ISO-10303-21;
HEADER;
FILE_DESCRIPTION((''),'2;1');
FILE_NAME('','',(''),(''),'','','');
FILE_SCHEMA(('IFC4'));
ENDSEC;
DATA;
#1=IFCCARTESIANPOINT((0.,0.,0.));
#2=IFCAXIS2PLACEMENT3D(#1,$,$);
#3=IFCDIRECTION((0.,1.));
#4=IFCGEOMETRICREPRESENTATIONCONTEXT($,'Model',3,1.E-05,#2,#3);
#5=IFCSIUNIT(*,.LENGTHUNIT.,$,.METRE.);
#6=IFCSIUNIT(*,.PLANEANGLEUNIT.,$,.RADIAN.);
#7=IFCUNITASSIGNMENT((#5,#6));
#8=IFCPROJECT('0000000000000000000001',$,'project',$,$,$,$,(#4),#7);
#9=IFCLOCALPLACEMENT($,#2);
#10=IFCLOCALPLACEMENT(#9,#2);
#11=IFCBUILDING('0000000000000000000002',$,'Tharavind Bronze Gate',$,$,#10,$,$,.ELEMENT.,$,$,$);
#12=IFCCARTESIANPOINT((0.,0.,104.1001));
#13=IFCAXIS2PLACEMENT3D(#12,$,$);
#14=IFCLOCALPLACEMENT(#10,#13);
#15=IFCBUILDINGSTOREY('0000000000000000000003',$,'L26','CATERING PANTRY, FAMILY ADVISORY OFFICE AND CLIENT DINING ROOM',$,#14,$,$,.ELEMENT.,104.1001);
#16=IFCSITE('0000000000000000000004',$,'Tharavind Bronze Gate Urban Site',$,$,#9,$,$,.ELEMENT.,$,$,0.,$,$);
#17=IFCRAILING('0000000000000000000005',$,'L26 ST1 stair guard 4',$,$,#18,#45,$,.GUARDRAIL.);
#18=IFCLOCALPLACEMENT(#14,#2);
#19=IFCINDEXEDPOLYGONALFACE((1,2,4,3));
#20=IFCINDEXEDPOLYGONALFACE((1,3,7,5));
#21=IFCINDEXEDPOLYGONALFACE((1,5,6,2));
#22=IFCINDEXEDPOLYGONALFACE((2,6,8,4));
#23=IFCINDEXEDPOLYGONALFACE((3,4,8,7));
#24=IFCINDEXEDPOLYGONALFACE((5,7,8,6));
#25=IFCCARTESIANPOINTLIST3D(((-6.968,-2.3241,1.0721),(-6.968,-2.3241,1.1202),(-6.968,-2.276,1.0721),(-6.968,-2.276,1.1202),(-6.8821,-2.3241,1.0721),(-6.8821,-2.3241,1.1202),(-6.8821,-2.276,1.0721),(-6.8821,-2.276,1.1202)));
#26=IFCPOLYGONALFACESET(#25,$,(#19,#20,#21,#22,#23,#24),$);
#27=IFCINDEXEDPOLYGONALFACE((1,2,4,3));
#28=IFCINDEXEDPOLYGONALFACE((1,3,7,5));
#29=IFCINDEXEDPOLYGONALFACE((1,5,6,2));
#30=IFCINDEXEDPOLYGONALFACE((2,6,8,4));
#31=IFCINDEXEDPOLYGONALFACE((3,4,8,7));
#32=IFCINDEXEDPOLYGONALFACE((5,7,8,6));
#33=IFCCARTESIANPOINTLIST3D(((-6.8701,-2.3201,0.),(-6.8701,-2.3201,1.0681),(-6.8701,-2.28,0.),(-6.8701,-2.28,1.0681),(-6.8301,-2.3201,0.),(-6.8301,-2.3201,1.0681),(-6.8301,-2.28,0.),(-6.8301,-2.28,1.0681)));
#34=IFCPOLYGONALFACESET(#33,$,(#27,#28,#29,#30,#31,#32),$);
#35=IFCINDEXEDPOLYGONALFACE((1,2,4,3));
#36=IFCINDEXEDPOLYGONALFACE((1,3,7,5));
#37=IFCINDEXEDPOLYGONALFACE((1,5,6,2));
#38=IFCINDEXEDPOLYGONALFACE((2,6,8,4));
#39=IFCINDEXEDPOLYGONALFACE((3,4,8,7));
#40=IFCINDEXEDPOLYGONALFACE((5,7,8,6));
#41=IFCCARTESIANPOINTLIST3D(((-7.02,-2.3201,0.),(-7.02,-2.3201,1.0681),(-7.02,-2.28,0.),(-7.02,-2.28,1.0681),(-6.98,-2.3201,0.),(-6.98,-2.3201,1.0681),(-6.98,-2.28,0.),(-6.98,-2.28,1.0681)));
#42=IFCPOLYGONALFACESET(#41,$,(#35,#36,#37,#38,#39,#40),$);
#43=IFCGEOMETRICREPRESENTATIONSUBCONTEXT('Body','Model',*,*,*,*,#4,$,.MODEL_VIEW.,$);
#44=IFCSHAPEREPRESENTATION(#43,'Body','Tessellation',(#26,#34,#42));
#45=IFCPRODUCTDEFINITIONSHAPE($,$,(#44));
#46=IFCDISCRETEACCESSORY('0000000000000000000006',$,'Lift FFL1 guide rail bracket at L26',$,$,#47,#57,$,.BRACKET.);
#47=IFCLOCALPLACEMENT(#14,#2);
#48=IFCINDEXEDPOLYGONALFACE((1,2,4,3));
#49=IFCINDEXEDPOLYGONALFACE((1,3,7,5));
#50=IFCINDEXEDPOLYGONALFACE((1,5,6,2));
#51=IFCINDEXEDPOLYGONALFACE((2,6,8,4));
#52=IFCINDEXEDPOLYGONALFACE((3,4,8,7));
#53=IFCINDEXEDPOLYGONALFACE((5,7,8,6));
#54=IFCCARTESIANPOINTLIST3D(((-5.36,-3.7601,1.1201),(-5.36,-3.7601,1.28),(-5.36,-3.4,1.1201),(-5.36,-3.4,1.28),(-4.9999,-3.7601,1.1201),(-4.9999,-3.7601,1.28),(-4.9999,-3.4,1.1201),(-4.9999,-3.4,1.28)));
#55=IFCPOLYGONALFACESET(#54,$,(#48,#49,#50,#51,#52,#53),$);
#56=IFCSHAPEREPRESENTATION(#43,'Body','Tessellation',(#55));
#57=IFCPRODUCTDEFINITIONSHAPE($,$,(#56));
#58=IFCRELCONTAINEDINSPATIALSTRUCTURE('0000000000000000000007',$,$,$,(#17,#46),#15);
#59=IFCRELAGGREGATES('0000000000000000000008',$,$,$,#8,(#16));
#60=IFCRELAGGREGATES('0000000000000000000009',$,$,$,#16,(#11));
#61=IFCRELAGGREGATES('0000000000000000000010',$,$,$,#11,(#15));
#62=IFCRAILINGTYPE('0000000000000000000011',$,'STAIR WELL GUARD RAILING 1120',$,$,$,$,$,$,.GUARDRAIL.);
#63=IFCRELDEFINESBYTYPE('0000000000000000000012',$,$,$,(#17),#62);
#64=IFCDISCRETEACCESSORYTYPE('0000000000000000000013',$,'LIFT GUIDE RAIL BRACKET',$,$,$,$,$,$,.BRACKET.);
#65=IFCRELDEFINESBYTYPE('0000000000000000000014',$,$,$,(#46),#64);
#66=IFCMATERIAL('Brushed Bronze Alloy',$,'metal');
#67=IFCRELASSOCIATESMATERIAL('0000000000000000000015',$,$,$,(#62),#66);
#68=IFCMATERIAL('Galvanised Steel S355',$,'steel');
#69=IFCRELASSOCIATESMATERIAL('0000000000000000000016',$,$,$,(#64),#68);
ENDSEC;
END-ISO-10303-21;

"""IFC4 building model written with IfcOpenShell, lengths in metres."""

from ifc_helpers import new_model, si_unit, direction, frame, origin, origin_2d, place, context, subcontext, project, spatial, rectangle, extrude, material, type_object, element, save


model = new_model("IFC4")

# Units and contexts
model_context = context("Model", 3, precision=1e-05, world=origin(), true_north=direction((0.0, 1.0)))
body_context = subcontext(model_context, "Body", "Model", "MODEL_VIEW")
ifc_project = project(units=[si_unit("LENGTHUNIT", "METRE"), si_unit("PLANEANGLEUNIT", "RADIAN")], contexts=[model_context])

# Site, building, storey
site_placement = place(None, origin())
site = spatial("IfcSite", under=ifc_project, at=site_placement, Name="Tharavind Bronze Gate Urban Site", CompositionType="ELEMENT", RefElevation=0.0)
building_placement = place(site_placement, origin())
building = spatial("IfcBuilding", under=site, at=building_placement, Name="Tharavind Bronze Gate", CompositionType="ELEMENT")
storey_placement = place(building_placement, frame((0.0, 0.0, 104.1001)))
storey = spatial("IfcBuildingStorey", under=building, at=storey_placement, Name="L26", Description="CATERING PANTRY, FAMILY ADVISORY OFFICE AND CLIENT DINING ROOM", CompositionType="ELEMENT", Elevation=104.1001)

# Railing
ifc_material_1 = material(Name="Brushed Bronze Alloy", Category="metal")
railing_type_1 = type_object("IfcRailingType", Name="STAIR WELL GUARD RAILING 1120", PredefinedType="GUARDRAIL", material=ifc_material_1)
railing_1_placement = place(storey_placement, frame((-6.8501, -2.3, 0.0)))
element("IfcRailing", 1, at=railing_1_placement, inside=storey, type_object=railing_type_1, Name="L26 ST1 stair guard 4", PredefinedType="GUARDRAIL", context=body_context, shape_type="SweptSolid", body=[
    extrude(rectangle(XDim=0.0481, YDim=0.0481, at=origin_2d()), frame((-0.032, 0.0, 1.0962), z_axis=(-1.0, 0.0, 0.0), x_axis=(0.0, -1.0, 0.0)), (0.0, 0.0, 1.0), 0.0859),
    extrude(rectangle(XDim=0.04, YDim=0.04, at=origin_2d()), origin(), (0.0, 0.0, 1.0), 1.0681),
    extrude(rectangle(XDim=0.04, YDim=0.04, at=origin_2d()), frame((-0.1499, 0.0, 0.0)), (0.0, 0.0, 1.0), 1.0681),
])

# Discrete accessory
ifc_material_2 = material(Name="Galvanised Steel S355", Category="steel")
discrete_accessory_type = type_object("IfcDiscreteAccessoryType", Name="LIFT GUIDE RAIL BRACKET", PredefinedType="BRACKET", material=ifc_material_2)
discrete_accessory_placement = place(storey_placement, frame((-5.1799, -3.5801, 1.1201), z_axis=(0.0, 0.0, 1.0), x_axis=(1.0, 0.0, 0.0)))
element("IfcDiscreteAccessory", 2, at=discrete_accessory_placement, inside=storey, type_object=discrete_accessory_type, Name="Lift FFL1 guide rail bracket at L26", PredefinedType="BRACKET", context=body_context, shape_type="SweptSolid", body=[
    extrude(rectangle(XDim=0.3601, YDim=0.3601, at=origin_2d()), origin(), (0.0, 0.0, 1.0), 0.1599),
])

save(model, "model.ifc")
